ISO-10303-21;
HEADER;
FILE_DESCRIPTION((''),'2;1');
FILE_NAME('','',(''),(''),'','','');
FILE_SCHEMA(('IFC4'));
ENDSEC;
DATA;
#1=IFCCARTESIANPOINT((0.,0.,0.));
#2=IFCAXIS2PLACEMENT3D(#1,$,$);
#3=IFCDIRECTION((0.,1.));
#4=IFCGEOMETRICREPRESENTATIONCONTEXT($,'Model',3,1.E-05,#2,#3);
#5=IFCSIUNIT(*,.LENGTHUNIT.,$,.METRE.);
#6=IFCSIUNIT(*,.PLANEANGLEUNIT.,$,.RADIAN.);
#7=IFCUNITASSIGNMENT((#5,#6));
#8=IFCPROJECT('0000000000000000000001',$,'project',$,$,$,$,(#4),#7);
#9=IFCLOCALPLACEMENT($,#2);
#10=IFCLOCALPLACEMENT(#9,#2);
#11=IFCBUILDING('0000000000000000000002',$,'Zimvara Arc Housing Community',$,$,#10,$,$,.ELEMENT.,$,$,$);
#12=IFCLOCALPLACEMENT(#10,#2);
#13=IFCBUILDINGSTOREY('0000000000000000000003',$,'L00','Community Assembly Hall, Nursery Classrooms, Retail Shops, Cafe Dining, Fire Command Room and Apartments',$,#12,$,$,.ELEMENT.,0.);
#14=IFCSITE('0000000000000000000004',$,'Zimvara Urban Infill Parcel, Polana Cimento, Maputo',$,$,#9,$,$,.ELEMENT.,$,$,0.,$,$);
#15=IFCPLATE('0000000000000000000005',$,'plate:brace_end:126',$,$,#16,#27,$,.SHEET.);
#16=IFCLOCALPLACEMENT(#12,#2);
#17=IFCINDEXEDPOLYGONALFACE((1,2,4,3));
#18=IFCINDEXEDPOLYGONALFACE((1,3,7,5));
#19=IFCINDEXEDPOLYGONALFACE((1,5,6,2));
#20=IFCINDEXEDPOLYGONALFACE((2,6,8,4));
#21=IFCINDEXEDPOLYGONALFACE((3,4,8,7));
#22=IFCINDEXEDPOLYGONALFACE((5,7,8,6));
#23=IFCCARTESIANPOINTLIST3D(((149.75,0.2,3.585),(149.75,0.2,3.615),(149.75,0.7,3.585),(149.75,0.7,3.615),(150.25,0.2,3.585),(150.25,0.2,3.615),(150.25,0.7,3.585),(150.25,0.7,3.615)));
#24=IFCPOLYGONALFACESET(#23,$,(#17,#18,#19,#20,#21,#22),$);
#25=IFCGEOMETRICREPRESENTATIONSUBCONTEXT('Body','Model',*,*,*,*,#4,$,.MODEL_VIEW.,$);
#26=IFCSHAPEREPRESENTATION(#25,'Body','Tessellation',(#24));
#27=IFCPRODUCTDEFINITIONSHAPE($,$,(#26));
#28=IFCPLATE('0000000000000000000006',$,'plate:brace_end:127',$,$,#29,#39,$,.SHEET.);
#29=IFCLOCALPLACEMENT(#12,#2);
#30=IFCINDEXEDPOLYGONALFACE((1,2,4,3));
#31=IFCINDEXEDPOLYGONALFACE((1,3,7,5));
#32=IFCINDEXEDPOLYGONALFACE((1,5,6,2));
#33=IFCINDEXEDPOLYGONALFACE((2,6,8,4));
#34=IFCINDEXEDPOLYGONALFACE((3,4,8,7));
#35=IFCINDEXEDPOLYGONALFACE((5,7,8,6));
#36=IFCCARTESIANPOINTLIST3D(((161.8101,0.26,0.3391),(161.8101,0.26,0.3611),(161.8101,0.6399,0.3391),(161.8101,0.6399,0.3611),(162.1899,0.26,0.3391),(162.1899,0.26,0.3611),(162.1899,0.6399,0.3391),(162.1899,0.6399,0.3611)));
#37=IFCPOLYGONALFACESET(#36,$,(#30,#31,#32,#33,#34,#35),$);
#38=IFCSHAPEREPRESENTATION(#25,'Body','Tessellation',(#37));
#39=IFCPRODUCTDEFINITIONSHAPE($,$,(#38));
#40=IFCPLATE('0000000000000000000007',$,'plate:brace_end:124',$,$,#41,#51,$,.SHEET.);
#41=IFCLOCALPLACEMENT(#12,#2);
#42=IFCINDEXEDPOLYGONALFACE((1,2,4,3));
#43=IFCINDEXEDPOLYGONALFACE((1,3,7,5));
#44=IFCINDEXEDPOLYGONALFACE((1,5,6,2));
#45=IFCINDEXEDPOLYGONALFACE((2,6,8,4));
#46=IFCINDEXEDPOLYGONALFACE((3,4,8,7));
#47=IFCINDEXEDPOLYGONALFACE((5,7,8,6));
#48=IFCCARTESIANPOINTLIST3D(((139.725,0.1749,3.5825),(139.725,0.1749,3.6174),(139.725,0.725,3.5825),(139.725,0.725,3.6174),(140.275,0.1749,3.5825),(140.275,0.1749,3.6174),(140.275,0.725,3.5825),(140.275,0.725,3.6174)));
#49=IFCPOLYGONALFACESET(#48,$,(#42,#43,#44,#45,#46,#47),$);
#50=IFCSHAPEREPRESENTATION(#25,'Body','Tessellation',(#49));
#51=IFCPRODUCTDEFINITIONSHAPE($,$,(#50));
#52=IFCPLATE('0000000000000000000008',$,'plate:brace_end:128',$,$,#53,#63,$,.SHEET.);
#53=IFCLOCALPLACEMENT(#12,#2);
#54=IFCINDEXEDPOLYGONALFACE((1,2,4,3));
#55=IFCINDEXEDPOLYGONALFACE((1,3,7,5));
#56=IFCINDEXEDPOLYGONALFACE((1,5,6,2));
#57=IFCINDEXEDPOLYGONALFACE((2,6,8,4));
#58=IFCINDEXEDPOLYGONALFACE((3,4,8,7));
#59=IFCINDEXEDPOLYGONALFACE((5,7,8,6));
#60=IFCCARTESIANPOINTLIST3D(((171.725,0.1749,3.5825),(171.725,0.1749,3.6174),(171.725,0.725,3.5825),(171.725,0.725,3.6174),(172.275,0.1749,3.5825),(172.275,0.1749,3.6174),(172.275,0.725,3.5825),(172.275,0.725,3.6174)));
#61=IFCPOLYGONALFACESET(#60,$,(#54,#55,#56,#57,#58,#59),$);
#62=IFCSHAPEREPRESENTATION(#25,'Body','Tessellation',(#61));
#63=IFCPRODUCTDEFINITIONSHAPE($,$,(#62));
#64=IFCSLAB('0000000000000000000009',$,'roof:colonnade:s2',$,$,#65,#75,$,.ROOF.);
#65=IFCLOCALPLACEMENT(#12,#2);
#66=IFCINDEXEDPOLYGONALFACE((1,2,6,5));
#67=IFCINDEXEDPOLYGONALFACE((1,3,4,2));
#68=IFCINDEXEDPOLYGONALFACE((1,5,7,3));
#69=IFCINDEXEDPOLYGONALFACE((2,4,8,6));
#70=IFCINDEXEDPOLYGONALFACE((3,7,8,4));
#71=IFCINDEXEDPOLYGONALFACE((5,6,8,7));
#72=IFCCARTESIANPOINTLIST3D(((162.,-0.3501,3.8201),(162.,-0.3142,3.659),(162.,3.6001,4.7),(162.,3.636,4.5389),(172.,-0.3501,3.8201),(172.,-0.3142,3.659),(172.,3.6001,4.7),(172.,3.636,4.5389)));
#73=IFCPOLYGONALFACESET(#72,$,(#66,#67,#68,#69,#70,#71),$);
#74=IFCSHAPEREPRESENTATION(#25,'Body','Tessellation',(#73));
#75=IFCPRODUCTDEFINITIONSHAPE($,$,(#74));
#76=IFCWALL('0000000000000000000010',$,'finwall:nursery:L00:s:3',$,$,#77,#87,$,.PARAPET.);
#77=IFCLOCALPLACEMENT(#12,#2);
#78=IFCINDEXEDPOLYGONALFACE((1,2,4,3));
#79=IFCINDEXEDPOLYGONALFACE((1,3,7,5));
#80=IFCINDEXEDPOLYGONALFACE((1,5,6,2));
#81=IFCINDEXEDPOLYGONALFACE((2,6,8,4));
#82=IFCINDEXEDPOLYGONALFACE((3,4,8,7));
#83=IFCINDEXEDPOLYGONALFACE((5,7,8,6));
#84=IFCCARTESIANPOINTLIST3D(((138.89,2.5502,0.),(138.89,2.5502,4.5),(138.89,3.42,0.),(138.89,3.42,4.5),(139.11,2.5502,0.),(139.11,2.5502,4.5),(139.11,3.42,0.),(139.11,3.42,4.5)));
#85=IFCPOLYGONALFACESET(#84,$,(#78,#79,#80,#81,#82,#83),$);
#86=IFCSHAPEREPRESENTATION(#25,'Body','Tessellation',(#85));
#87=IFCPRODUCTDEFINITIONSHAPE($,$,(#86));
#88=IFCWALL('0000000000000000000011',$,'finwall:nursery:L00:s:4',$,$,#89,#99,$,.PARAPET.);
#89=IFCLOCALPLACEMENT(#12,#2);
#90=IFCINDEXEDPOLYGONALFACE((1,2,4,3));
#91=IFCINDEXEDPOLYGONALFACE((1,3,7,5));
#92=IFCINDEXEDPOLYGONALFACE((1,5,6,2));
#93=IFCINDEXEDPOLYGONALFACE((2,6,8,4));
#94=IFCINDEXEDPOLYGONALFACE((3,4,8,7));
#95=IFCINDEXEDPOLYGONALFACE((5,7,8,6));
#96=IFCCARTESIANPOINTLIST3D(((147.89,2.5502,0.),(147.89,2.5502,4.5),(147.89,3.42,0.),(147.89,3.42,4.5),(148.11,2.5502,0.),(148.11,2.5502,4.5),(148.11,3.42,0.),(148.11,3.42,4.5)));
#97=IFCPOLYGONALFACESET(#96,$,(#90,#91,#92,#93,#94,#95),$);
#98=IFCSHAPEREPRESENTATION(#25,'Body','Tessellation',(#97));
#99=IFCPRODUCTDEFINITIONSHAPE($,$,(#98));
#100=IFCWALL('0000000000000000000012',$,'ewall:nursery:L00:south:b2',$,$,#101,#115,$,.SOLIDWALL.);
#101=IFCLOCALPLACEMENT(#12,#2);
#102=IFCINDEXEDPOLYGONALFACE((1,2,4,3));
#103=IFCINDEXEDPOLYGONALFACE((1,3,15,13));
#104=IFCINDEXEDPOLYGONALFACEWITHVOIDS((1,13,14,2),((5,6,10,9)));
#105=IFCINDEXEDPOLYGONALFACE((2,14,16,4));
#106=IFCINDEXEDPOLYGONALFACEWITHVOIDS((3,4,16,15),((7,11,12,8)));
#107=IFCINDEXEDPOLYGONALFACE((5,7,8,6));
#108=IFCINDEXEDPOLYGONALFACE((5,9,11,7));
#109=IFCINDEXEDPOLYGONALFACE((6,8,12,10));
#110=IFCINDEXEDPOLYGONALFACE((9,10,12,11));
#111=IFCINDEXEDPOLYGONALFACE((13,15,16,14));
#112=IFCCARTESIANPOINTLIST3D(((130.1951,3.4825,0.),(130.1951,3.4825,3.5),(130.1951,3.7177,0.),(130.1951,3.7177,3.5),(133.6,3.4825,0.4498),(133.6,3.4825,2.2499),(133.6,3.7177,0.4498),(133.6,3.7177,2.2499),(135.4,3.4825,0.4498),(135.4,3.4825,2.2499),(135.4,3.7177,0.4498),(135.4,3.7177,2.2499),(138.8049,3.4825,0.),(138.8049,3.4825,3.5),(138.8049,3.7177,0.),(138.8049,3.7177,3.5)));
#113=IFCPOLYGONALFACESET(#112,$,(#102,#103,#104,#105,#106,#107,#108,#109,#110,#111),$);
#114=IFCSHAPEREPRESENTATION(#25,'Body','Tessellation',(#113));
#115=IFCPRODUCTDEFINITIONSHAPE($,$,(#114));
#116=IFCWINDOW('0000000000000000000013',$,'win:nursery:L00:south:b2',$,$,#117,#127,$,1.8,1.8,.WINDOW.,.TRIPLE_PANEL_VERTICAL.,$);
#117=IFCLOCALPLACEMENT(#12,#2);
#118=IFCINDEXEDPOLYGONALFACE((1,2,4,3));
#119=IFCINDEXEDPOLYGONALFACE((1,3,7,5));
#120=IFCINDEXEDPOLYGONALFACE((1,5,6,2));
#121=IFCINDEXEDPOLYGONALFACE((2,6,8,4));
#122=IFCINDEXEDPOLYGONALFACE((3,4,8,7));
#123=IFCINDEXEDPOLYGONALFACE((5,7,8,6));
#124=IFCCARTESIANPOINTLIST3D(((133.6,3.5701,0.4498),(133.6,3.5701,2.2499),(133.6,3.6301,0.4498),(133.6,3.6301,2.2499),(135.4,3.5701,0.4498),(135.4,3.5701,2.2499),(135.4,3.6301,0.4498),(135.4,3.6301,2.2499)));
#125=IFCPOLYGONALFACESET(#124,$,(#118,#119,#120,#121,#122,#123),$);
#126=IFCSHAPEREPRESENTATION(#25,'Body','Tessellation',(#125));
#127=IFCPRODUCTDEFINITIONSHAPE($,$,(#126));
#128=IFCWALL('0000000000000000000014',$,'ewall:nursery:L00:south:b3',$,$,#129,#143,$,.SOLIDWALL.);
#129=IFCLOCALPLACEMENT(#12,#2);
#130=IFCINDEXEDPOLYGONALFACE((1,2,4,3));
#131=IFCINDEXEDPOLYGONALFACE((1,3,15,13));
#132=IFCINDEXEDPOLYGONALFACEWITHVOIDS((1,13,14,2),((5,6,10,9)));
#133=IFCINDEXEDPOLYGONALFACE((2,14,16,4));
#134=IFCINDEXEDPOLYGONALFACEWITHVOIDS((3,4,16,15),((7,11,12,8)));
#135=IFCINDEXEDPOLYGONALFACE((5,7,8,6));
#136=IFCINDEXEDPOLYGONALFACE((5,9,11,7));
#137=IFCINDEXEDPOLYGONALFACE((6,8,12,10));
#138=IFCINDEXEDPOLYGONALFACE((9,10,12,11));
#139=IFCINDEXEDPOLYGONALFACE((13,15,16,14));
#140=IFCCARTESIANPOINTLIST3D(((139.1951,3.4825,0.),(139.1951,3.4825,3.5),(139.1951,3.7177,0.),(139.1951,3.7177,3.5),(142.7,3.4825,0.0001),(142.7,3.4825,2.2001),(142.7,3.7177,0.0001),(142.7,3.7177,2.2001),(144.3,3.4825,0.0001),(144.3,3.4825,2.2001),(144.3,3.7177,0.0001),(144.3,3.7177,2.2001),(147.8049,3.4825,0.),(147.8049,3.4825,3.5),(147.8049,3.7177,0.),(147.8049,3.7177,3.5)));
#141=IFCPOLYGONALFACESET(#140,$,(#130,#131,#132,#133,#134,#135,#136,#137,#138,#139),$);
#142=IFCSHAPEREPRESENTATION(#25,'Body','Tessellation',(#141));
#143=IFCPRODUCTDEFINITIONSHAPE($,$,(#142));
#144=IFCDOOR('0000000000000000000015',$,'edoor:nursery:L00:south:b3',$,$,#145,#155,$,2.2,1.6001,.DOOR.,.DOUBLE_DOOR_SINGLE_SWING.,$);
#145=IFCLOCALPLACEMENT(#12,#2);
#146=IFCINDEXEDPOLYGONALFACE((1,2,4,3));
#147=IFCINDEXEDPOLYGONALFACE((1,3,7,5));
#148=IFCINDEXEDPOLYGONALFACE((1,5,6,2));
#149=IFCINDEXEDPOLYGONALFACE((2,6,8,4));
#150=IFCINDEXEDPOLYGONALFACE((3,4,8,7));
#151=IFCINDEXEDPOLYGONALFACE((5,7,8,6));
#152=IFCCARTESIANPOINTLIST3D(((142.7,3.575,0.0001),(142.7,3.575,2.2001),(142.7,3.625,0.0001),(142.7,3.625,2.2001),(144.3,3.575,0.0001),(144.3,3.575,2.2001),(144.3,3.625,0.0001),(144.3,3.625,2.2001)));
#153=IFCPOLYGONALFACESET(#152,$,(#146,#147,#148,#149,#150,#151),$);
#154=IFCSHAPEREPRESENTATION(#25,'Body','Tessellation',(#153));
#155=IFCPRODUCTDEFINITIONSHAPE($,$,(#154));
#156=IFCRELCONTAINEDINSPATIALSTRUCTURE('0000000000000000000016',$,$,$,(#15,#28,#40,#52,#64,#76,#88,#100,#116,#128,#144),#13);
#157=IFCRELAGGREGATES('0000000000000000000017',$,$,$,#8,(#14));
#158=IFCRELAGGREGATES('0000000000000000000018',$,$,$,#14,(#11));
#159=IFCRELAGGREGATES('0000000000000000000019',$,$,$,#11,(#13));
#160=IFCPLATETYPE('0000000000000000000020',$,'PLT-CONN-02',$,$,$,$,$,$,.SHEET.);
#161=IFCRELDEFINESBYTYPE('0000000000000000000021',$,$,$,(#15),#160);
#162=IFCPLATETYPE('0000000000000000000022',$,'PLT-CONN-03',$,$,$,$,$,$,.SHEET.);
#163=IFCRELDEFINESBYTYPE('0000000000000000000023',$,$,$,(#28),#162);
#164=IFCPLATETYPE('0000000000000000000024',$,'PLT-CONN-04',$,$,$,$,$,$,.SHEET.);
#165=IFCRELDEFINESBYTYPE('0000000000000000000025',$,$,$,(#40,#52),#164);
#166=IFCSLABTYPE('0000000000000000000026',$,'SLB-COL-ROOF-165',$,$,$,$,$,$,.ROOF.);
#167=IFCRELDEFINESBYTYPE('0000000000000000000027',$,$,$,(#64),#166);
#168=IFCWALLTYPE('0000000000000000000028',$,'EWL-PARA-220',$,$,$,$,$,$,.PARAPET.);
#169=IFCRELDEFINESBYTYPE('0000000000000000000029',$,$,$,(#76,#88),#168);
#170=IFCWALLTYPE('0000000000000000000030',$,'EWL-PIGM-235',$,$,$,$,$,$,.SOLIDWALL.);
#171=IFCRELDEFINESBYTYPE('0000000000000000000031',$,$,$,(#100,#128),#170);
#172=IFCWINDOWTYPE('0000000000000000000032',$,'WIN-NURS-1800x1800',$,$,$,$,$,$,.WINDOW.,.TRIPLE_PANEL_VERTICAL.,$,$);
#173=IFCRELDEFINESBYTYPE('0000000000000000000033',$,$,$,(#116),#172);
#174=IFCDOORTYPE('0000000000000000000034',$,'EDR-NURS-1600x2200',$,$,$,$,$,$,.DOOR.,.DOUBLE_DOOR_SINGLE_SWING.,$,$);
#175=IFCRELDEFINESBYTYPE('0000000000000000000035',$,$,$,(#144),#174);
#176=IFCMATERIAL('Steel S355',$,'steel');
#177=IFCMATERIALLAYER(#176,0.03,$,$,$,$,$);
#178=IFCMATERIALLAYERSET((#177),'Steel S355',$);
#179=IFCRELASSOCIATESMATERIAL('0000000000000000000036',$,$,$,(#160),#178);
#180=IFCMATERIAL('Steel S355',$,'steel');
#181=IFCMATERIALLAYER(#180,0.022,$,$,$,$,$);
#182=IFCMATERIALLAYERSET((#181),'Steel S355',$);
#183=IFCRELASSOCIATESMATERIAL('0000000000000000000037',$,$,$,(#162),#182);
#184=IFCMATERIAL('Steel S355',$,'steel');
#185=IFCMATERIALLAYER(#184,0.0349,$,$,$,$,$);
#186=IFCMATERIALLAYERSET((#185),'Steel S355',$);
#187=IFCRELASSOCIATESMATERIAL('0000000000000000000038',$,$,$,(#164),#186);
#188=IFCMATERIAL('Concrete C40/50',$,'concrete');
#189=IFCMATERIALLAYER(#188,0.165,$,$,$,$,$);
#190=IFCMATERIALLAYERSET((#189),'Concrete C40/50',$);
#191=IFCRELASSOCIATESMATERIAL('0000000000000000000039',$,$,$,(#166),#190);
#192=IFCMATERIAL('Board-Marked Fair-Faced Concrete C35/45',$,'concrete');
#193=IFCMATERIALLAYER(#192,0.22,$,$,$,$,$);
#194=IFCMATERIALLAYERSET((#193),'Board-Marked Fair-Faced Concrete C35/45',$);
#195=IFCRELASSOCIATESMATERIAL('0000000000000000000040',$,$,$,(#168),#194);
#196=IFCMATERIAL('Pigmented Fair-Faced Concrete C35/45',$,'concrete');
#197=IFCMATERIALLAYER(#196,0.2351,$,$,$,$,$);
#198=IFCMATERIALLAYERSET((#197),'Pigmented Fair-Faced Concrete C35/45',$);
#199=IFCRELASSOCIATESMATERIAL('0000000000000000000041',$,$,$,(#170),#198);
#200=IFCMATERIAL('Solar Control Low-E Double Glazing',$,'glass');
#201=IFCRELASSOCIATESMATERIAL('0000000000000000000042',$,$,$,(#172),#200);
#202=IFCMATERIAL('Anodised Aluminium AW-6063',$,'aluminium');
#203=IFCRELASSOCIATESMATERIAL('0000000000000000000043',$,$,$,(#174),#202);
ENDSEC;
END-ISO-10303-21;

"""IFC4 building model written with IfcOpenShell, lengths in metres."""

from ifc_helpers import new_model, si_unit, direction, frame, frame_2d, origin, origin_2d, place, context, subcontext, project, spatial, polyline, rectangle, outline, extrude, material, layer, layer_set, type_object, element, fill, save


model = new_model("IFC4")

# Units and contexts
model_context = context("Model", 3, precision=1e-05, world=origin(), true_north=direction((0.0, 1.0)))
body_context = subcontext(model_context, "Body", "Model", "MODEL_VIEW")
ifc_project = project(units=[si_unit("LENGTHUNIT", "METRE"), si_unit("PLANEANGLEUNIT", "RADIAN")], contexts=[model_context])

# Site, building, storey
site_placement = place(None, origin())
site = spatial("IfcSite", under=ifc_project, at=site_placement, Name="Zimvara Urban Infill Parcel, Polana Cimento, Maputo", CompositionType="ELEMENT", RefElevation=0.0)
building_placement = place(site_placement, origin())
building = spatial("IfcBuilding", under=site, at=building_placement, Name="Zimvara Arc Housing Community", CompositionType="ELEMENT")
storey_placement = place(building_placement, origin())
storey = spatial("IfcBuildingStorey", under=building, at=storey_placement, Name="L00", Description="Community Assembly Hall, Nursery Classrooms, Retail Shops, Cafe Dining, Fire Command Room and Apartments", CompositionType="ELEMENT", Elevation=0.0)

# Plates
ifc_material_1 = material(Name="Steel S355", Category="steel")
ifc_layer_1 = layer(ifc_material_1, 0.03)
ifc_layer_set_1 = layer_set([ifc_layer_1], Name="Steel S355")
plate_type_1 = type_object("IfcPlateType", Name="PLT-CONN-02", PredefinedType="SHEET", material=ifc_layer_set_1)
plate_1_placement = place(storey_placement, frame((150.0, 0.45, 3.585), z_axis=(0.0, 0.0, 1.0), x_axis=(1.0, 0.0, 0.0)))
element("IfcPlate", 1, at=plate_1_placement, inside=storey, type_object=plate_type_1, Name="plate:brace_end:126", PredefinedType="SHEET", context=body_context, shape_type="SweptSolid", body=[
    extrude(rectangle(XDim=0.5, YDim=0.5, at=origin_2d()), origin(), (0.0, 0.0, 1.0), 0.03),
])
ifc_material_2 = material(Name="Steel S355", Category="steel")
ifc_layer_2 = layer(ifc_material_2, 0.022)
ifc_layer_set_2 = layer_set([ifc_layer_2], Name="Steel S355")
plate_type_2 = type_object("IfcPlateType", Name="PLT-CONN-03", PredefinedType="SHEET", material=ifc_layer_set_2)
plate_2_placement = place(storey_placement, frame((162.0, 0.45, 0.3391), z_axis=(0.0, 0.0, 1.0), x_axis=(1.0, 0.0, 0.0)))
element("IfcPlate", 2, at=plate_2_placement, inside=storey, type_object=plate_type_2, Name="plate:brace_end:127", PredefinedType="SHEET", context=body_context, shape_type="SweptSolid", body=[
    extrude(rectangle(XDim=0.3799, YDim=0.3799, at=origin_2d()), origin(), (0.0, 0.0, 1.0), 0.022),
])
ifc_material_3 = material(Name="Steel S355", Category="steel")
ifc_layer_3 = layer(ifc_material_3, 0.0349)
ifc_layer_set_3 = layer_set([ifc_layer_3], Name="Steel S355")
plate_type_3 = type_object("IfcPlateType", Name="PLT-CONN-04", PredefinedType="SHEET", material=ifc_layer_set_3)
for number, where, z_axis, x_axis, name in (
    (3, (140.0, 0.45, 3.5825), (0.0, 0.0, 1.0), (1.0, 0.0, 0.0), "plate:brace_end:124"),
    (4, (172.0, 0.45, 3.5825), (0.0, 0.0, 1.0), (1.0, 0.0, 0.0), "plate:brace_end:128"),
):
    element("IfcPlate", number, at=place(storey_placement, frame(where, z_axis=z_axis, x_axis=x_axis)), inside=storey, type_object=plate_type_3, Name=name, PredefinedType="SHEET", context=body_context, shape_type="SweptSolid", body=[
        extrude(rectangle(XDim=0.55, YDim=0.55, at=origin_2d()), origin(), (0.0, 0.0, 1.0), 0.0349),
    ])

# Slab
ifc_material_4 = material(Name="Concrete C40/50", Category="concrete")
ifc_layer_4 = layer(ifc_material_4, 0.165)
ifc_layer_set_4 = layer_set([ifc_layer_4], Name="Concrete C40/50")
slab_type = type_object("IfcSlabType", Name="SLB-COL-ROOF-165", PredefinedType="ROOF", material=ifc_layer_set_4)
slab_placement = place(storey_placement, frame((162.0, -0.3501, 3.8201), z_axis=(0.0, -0.217416, 0.976079), x_axis=(1.0, 0.0, 0.0)))
element("IfcSlab", 5, at=slab_placement, inside=storey, type_object=slab_type, Name="roof:colonnade:s2", PredefinedType="ROOF", context=body_context, shape_type="SweptSolid", body=[
    extrude(outline(polyline([(0.0, 0.0), (10.0, 0.0), (10.0, 4.047), (0.0, 4.047), (0.0, 0.0)])), origin(), (0.0, 0.0, -1.0), 0.165),
])

# Walls
ifc_material_5 = material(Name="Board-Marked Fair-Faced Concrete C35/45", Category="concrete")
ifc_layer_5 = layer(ifc_material_5, 0.22)
ifc_layer_set_5 = layer_set([ifc_layer_5], Name="Board-Marked Fair-Faced Concrete C35/45")
wall_type_1 = type_object("IfcWallType", Name="EWL-PARA-220", PredefinedType="PARAPET", material=ifc_layer_set_5)
for number, where, z_axis, x_axis, name in (
    (6, (139.0, 2.55, 0.0), (0.0, 0.0, 1.0), (0.0, 1.0, 0.0), "finwall:nursery:L00:s:3"),
    (7, (148.0, 2.55, 0.0), (0.0, 0.0, 1.0), (0.0, 1.0, 0.0), "finwall:nursery:L00:s:4"),
):
    element("IfcWall", number, at=place(storey_placement, frame(where, z_axis=z_axis, x_axis=x_axis)), inside=storey, type_object=wall_type_1, Name=name, PredefinedType="PARAPET", context=body_context, shape_type="SweptSolid", body=[
        extrude(rectangle(XDim=0.8699, YDim=0.22, at=frame_2d((0.4351, 0.0))), origin(), (0.0, 0.0, 1.0), 4.5),
    ])

# Wall, opening, window
ifc_material_6 = material(Name="Pigmented Fair-Faced Concrete C35/45", Category="concrete")
ifc_layer_6 = layer(ifc_material_6, 0.2351)
ifc_layer_set_6 = layer_set([ifc_layer_6], Name="Pigmented Fair-Faced Concrete C35/45")
wall_type_2 = type_object("IfcWallType", Name="EWL-PIGM-235", PredefinedType="SOLIDWALL", material=ifc_layer_set_6)
wall_1_placement = place(storey_placement, frame((130.1951, 3.6001, 0.0), z_axis=(0.0, 0.0, 1.0), x_axis=(1.0, 0.0, 0.0)))
wall_1 = element("IfcWall", 8, at=wall_1_placement, inside=storey, type_object=wall_type_2, Name="ewall:nursery:L00:south:b2", PredefinedType="SOLIDWALL", context=body_context, shape_type="SweptSolid", body=[
    extrude(rectangle(XDim=8.6099, YDim=0.2351, at=frame_2d((4.3049, 0.0))), origin(), (0.0, 0.0, 1.0), 3.5),
])
opening_1_placement = place(wall_1_placement, frame((3.405, 0.0, 0.45)))
opening_1 = element("IfcOpeningElement", 9, at=opening_1_placement, cuts=wall_1, PredefinedType="OPENING", context=body_context, shape_type="SweptSolid", body=[
    extrude(rectangle(XDim=1.8, YDim=1.8, at=frame_2d((0.8999, 0.8999))), frame((0.0, 0.1274, 0.0), z_axis=(0.0, -1.0, 0.0), x_axis=(1.0, 0.0, 0.0)), (0.0, 0.0, 1.0), 0.2551),
])
ifc_material_7 = material(Name="Solar Control Low-E Double Glazing", Category="glass")
window_type = type_object("IfcWindowType", Name="WIN-NURS-1800x1800", PartitioningType="TRIPLE_PANEL_VERTICAL", PredefinedType="WINDOW", material=ifc_material_7)
window_placement = place(opening_1_placement, origin())
window = element("IfcWindow", 10, at=window_placement, inside=storey, type_object=window_type, Name="win:nursery:L00:south:b2", OverallHeight=1.8, OverallWidth=1.8, PartitioningType="TRIPLE_PANEL_VERTICAL", PredefinedType="WINDOW", context=body_context, shape_type="SweptSolid", body=[
    extrude(rectangle(XDim=1.8, YDim=1.8, at=frame_2d((0.8999, 0.8999))), frame((0.0, 0.03, 0.0), z_axis=(0.0, -1.0, 0.0), x_axis=(1.0, 0.0, 0.0)), (0.0, 0.0, 1.0), 0.0601),
])
fill(opening_1, window)

# Wall, opening, door
wall_2_placement = place(storey_placement, frame((139.1951, 3.6001, 0.0), z_axis=(0.0, 0.0, 1.0), x_axis=(1.0, 0.0, 0.0)))
wall_2 = element("IfcWall", 11, at=wall_2_placement, inside=storey, type_object=wall_type_2, Name="ewall:nursery:L00:south:b3", PredefinedType="SOLIDWALL", context=body_context, shape_type="SweptSolid", body=[
    extrude(rectangle(XDim=8.6099, YDim=0.2351, at=frame_2d((4.3049, 0.0))), origin(), (0.0, 0.0, 1.0), 3.5),
])
opening_2_placement = place(wall_2_placement, frame((3.5049, 0.0, 0.0)))
opening_2 = element("IfcOpeningElement", 12, at=opening_2_placement, cuts=wall_2, PredefinedType="OPENING", context=body_context, shape_type="SweptSolid", body=[
    extrude(rectangle(XDim=1.6001, YDim=2.2, at=frame_2d((0.8, 1.1001))), frame((0.0, 0.1274, 0.0), z_axis=(0.0, -1.0, 0.0), x_axis=(1.0, 0.0, 0.0)), (0.0, 0.0, 1.0), 0.2551),
])
ifc_material_8 = material(Name="Anodised Aluminium AW-6063", Category="aluminium")
door_type = type_object("IfcDoorType", Name="EDR-NURS-1600x2200", OperationType="DOUBLE_DOOR_SINGLE_SWING", PredefinedType="DOOR", material=ifc_material_8)
door_placement = place(opening_2_placement, origin())
door = element("IfcDoor", 13, at=door_placement, inside=storey, type_object=door_type, Name="edoor:nursery:L00:south:b3", OperationType="DOUBLE_DOOR_SINGLE_SWING", OverallHeight=2.2, OverallWidth=1.6001, PredefinedType="DOOR", context=body_context, shape_type="SweptSolid", body=[
    extrude(rectangle(XDim=1.6001, YDim=2.2, at=frame_2d((0.8, 1.1001))), frame((0.0, 0.0249, 0.0), z_axis=(0.0, -1.0, 0.0), x_axis=(1.0, 0.0, 0.0)), (0.0, 0.0, 1.0), 0.05),
])
fill(opening_2, door)

save(model, "model.ifc")
